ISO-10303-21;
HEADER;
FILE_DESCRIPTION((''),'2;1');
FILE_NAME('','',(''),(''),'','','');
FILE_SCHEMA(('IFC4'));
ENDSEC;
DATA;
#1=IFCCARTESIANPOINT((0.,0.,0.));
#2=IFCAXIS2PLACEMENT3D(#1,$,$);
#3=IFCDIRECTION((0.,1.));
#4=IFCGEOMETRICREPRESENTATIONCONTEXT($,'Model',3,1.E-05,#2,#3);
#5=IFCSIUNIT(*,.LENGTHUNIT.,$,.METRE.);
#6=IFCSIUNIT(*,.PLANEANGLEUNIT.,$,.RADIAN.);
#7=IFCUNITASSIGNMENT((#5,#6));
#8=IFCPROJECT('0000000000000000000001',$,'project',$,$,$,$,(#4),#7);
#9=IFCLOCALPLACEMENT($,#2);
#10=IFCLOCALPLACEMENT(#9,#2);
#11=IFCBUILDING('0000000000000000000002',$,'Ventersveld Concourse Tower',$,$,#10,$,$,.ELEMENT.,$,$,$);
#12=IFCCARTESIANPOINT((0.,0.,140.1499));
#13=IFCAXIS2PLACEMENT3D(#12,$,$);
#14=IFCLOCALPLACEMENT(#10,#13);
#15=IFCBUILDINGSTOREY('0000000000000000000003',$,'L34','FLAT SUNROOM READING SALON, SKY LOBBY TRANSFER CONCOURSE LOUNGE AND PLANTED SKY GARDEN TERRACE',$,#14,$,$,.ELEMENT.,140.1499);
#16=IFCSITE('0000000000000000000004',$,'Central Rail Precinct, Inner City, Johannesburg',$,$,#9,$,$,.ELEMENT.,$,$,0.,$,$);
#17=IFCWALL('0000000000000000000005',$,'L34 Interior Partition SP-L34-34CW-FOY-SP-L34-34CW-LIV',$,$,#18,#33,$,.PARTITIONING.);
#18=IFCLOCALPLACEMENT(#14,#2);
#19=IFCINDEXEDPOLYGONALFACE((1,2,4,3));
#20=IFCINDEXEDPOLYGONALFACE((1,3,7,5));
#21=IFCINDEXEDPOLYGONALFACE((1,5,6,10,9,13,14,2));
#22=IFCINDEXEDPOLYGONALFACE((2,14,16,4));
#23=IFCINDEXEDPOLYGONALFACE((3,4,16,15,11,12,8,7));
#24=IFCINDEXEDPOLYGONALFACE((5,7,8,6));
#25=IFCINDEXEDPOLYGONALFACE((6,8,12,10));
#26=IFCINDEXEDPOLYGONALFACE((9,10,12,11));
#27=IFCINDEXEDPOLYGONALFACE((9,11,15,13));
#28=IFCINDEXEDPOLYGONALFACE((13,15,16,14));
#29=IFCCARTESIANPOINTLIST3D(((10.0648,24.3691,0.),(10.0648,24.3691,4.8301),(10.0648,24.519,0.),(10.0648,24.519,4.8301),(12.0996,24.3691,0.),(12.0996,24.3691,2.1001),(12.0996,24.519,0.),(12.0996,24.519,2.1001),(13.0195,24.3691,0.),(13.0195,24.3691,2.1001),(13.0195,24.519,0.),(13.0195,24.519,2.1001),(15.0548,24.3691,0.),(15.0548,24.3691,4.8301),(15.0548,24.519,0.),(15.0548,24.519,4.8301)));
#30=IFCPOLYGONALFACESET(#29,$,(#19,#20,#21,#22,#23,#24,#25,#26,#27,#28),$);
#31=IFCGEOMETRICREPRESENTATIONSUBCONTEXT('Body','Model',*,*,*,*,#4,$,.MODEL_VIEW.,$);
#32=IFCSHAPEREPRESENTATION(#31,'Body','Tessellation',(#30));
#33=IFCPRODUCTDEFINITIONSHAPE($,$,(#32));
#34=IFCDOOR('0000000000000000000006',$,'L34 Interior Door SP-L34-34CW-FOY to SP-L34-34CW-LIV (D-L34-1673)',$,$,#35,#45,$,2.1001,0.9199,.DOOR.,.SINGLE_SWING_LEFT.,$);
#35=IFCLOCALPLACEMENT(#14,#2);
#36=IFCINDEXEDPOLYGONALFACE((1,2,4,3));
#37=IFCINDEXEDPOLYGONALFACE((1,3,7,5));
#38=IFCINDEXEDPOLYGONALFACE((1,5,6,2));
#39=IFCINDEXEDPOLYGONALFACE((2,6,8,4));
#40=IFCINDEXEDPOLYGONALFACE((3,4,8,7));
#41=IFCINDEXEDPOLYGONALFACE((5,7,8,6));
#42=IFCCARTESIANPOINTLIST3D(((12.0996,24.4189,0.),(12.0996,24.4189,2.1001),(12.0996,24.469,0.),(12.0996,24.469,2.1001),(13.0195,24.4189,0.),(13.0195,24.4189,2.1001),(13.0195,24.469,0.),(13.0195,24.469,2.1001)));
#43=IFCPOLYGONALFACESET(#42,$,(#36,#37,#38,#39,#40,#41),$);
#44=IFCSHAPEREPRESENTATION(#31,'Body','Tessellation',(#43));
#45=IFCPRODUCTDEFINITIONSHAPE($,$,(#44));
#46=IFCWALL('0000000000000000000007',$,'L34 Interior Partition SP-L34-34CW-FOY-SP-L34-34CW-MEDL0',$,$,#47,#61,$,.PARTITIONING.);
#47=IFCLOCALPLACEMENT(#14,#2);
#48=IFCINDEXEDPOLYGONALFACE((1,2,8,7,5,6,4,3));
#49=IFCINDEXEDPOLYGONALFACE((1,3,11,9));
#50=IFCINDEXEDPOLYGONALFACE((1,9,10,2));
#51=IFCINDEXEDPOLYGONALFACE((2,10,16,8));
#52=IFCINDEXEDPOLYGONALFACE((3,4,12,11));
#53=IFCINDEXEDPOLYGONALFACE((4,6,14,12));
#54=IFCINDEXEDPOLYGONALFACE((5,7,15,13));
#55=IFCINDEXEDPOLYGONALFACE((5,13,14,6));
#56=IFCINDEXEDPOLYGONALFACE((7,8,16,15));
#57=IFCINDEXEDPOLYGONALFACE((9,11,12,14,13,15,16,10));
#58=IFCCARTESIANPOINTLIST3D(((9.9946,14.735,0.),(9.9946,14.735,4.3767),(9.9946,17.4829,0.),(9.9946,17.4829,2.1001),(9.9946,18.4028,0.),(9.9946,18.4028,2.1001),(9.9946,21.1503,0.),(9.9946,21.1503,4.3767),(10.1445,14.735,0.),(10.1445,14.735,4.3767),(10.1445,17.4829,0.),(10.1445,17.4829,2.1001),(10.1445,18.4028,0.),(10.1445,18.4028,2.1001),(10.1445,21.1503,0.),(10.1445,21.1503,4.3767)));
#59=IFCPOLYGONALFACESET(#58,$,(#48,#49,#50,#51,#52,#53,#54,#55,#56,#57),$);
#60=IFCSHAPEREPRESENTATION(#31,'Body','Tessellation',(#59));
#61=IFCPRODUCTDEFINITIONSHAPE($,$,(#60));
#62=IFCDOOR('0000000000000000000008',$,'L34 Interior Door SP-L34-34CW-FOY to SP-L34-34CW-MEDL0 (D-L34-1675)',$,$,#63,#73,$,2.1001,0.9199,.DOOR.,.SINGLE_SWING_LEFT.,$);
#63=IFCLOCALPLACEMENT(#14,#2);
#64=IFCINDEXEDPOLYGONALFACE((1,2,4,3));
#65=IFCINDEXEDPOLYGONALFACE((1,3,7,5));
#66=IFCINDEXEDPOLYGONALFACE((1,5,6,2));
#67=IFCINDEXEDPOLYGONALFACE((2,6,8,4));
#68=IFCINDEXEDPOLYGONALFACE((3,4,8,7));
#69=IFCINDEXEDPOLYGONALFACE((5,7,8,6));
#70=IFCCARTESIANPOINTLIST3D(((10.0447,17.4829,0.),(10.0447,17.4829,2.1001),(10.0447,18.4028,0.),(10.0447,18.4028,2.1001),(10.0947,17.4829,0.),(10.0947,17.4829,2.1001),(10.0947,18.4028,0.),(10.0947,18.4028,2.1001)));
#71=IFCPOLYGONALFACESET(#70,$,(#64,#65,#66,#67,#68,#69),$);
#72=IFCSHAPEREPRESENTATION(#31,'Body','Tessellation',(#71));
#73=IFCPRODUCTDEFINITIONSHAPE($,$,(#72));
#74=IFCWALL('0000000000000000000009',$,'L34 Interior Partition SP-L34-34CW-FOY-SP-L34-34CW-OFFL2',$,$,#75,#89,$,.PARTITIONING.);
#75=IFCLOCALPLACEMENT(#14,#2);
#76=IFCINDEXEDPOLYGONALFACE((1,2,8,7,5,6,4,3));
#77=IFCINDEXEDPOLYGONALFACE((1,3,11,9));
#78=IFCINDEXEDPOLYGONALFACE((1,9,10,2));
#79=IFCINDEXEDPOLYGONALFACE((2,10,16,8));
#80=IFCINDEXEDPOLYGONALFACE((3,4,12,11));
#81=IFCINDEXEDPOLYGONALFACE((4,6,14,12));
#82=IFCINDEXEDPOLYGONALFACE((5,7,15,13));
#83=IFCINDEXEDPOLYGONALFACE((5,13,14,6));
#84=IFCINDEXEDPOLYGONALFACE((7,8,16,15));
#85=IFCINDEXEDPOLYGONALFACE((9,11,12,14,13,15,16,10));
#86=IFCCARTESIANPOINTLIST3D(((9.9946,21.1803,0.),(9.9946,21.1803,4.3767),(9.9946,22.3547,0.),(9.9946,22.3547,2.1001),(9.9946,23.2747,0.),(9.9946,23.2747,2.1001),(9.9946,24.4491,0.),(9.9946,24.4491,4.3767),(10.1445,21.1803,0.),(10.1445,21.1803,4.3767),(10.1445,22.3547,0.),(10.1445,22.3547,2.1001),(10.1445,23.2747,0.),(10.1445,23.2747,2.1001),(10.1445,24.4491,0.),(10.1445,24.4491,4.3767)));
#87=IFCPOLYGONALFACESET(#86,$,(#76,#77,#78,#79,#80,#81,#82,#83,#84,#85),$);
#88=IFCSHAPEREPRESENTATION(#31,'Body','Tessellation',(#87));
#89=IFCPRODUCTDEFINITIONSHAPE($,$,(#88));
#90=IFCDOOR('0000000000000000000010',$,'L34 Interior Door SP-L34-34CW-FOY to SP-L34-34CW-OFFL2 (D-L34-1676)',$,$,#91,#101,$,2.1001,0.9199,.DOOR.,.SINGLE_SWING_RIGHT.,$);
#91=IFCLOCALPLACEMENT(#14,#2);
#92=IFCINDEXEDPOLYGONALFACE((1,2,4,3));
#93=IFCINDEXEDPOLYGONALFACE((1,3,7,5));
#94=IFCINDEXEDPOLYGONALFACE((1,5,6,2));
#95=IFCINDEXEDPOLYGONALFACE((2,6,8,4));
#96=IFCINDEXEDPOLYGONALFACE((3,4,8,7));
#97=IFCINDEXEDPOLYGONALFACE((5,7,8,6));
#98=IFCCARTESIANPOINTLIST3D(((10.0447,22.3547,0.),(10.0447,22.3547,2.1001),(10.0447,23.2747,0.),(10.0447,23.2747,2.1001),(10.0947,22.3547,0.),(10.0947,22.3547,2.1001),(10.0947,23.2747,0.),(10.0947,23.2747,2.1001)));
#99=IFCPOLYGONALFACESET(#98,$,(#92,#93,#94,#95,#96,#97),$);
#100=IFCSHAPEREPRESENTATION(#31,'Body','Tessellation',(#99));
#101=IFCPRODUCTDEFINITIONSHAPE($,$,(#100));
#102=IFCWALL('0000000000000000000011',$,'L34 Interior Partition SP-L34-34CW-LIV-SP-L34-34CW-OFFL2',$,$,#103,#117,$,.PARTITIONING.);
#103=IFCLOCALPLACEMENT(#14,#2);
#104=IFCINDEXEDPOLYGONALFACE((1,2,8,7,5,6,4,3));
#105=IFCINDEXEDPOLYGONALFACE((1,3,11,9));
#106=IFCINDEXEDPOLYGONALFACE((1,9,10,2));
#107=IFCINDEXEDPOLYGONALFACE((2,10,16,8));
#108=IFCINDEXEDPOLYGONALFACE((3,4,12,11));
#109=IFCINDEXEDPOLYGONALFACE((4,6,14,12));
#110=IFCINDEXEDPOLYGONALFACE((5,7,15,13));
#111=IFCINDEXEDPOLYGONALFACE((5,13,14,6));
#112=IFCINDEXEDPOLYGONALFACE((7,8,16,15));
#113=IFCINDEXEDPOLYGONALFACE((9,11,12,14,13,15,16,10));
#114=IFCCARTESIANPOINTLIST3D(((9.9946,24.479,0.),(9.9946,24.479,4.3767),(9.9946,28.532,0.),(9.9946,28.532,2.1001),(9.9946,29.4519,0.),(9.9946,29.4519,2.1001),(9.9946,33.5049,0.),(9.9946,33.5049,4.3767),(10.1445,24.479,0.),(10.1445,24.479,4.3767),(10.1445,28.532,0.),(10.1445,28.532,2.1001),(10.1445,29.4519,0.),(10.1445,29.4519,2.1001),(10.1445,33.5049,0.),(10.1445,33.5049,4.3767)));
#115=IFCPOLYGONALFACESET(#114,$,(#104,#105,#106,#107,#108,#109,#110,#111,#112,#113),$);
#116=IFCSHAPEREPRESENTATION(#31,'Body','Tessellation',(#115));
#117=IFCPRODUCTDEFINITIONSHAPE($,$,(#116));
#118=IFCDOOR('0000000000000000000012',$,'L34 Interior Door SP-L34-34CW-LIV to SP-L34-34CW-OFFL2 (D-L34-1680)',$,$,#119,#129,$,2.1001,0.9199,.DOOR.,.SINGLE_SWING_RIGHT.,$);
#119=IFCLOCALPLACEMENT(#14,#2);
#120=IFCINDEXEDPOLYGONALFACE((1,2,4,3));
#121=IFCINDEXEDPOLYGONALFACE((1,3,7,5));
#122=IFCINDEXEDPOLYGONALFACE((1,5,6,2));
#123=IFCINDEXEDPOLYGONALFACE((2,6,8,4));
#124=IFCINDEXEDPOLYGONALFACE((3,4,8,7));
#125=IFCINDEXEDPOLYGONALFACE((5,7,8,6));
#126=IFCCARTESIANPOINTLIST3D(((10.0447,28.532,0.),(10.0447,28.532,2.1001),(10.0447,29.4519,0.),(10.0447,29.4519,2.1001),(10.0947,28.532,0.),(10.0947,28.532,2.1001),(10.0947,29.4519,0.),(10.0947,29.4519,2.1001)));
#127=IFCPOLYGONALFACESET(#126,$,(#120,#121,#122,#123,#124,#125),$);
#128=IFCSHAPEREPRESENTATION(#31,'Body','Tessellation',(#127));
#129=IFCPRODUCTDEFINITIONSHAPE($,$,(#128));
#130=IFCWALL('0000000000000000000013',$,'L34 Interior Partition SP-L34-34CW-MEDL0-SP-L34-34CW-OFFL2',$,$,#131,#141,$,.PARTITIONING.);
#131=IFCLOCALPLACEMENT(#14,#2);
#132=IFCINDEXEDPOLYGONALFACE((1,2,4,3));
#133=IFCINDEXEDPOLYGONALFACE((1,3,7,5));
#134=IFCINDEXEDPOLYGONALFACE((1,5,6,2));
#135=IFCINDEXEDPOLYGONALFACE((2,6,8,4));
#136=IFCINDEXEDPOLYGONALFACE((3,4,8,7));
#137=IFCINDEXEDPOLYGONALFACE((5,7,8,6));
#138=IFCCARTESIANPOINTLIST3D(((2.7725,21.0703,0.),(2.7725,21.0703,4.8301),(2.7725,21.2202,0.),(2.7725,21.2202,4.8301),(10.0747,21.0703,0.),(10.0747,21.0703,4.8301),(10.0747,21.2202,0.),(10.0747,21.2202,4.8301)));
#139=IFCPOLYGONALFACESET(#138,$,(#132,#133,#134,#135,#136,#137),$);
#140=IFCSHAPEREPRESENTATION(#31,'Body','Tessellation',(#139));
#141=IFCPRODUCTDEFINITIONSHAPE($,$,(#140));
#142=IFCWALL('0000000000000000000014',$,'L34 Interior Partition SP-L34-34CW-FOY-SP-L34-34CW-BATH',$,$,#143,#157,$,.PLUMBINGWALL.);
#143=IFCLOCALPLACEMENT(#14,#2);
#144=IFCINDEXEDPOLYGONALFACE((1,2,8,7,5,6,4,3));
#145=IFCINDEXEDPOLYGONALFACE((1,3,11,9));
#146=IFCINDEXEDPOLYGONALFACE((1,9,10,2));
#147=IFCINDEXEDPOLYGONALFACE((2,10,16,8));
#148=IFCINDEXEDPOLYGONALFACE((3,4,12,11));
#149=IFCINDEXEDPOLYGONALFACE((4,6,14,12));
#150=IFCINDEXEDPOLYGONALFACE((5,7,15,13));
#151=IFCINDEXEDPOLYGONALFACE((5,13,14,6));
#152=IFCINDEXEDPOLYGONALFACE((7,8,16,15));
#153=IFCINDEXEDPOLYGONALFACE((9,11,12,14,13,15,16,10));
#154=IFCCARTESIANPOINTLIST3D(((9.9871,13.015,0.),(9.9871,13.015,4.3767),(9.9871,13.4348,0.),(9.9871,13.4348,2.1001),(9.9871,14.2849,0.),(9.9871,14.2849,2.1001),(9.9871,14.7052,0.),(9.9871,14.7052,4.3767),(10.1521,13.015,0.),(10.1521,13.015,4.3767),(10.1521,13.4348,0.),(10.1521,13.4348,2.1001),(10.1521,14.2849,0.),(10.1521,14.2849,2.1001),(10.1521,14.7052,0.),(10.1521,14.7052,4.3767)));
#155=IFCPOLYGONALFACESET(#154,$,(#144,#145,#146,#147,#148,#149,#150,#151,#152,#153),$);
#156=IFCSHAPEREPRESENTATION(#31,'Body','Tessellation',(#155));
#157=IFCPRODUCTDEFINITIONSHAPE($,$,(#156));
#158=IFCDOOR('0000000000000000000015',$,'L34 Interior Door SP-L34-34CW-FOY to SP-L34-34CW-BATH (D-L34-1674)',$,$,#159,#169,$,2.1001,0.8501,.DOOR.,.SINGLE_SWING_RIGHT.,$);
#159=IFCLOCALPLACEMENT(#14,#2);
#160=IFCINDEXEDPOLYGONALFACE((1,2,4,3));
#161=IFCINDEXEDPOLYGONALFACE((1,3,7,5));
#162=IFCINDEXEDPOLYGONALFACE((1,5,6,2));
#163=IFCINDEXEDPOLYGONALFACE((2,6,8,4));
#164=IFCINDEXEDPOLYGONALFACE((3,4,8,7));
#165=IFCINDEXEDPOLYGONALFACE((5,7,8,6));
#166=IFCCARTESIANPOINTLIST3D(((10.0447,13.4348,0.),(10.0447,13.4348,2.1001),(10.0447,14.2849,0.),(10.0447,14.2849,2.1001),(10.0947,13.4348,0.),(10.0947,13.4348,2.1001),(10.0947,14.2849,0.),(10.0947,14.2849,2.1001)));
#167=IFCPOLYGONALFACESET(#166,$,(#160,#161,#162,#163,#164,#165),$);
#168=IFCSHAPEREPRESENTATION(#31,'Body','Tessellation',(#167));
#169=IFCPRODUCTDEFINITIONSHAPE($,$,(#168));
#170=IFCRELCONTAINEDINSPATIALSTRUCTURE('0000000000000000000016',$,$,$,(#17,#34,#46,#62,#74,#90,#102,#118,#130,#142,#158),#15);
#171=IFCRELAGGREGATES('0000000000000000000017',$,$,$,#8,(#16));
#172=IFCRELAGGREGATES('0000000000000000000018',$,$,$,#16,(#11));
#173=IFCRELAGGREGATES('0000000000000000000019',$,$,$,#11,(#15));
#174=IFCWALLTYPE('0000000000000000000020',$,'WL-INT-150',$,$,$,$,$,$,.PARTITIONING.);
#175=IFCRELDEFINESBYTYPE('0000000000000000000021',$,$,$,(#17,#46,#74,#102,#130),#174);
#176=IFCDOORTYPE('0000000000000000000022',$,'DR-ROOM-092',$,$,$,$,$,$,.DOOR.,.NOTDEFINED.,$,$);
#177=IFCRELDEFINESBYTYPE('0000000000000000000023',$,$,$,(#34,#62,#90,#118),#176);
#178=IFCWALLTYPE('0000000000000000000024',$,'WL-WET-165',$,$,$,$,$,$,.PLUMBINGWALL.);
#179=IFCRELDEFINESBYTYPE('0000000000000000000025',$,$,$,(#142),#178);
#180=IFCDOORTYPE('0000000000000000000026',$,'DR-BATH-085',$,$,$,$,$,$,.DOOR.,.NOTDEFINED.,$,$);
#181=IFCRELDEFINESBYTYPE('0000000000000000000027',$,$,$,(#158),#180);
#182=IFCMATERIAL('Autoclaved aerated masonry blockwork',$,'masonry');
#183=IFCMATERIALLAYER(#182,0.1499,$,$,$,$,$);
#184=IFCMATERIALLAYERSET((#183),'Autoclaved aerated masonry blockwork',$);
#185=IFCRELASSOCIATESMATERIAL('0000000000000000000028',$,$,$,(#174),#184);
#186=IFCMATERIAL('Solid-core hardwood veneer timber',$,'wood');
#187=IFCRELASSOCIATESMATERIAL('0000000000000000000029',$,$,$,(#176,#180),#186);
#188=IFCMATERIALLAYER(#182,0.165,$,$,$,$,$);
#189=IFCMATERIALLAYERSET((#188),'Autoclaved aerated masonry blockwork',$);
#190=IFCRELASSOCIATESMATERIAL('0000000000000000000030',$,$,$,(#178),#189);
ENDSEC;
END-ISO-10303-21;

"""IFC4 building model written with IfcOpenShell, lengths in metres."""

from ifc_helpers import new_model, si_unit, direction, frame, frame_2d, origin, place, context, subcontext, project, spatial, rectangle, extrude, material, layer, layer_set, type_object, element, fill, save


model = new_model("IFC4")

# Units and contexts
model_context = context("Model", 3, precision=1e-05, world=origin(), true_north=direction((0.0, 1.0)))
body_context = subcontext(model_context, "Body", "Model", "MODEL_VIEW")
ifc_project = project(units=[si_unit("LENGTHUNIT", "METRE"), si_unit("PLANEANGLEUNIT", "RADIAN")], contexts=[model_context])

# Site, building, storey
site_placement = place(None, origin())
site = spatial("IfcSite", under=ifc_project, at=site_placement, Name="Central Rail Precinct, Inner City, Johannesburg", CompositionType="ELEMENT", RefElevation=0.0)
building_placement = place(site_placement, origin())
building = spatial("IfcBuilding", under=site, at=building_placement, Name="Ventersveld Concourse Tower", CompositionType="ELEMENT")
storey_placement = place(building_placement, frame((0.0, 0.0, 140.1499)))
storey = spatial("IfcBuildingStorey", under=building, at=storey_placement, Name="L34", Description="FLAT SUNROOM READING SALON, SKY LOBBY TRANSFER CONCOURSE LOUNGE AND PLANTED SKY GARDEN TERRACE", CompositionType="ELEMENT", Elevation=140.1499)

# Shared definitions
ifc_material_1 = material(Name="Solid-core hardwood veneer timber", Category="wood")

# Walls, openings, doors
ifc_material_2 = material(Name="Autoclaved aerated masonry blockwork", Category="masonry")
ifc_layer_1 = layer(ifc_material_2, 0.1499)
ifc_layer_set_1 = layer_set([ifc_layer_1], Name="Autoclaved aerated masonry blockwork")
wall_type_1 = type_object("IfcWallType", Name="WL-INT-150", PredefinedType="PARTITIONING", material=ifc_layer_set_1)
wall_1_placement = place(storey_placement, frame((10.0647, 24.4441, 0.0), z_axis=(0.0, 0.0, 1.0), x_axis=(1.0, 0.0, 0.0)))
wall_1 = element("IfcWall", 1, at=wall_1_placement, inside=storey, type_object=wall_type_1, Name="L34 Interior Partition SP-L34-34CW-FOY-SP-L34-34CW-LIV", PredefinedType="PARTITIONING", context=body_context, shape_type="SweptSolid", body=[
    extrude(rectangle(XDim=4.99, YDim=0.1499, at=frame_2d((2.4951, 0.0))), origin(), (0.0, 0.0, 1.0), 4.8301),
])
opening_1_placement = place(wall_1_placement, frame((2.0349, 0.0, 0.0)))
opening_1 = element("IfcOpeningElement", 2, at=opening_1_placement, cuts=wall_1, PredefinedType="OPENING", context=body_context, shape_type="SweptSolid", body=[
    extrude(rectangle(XDim=0.9199, YDim=2.1001, at=frame_2d((0.46, 1.05))), frame((0.0, 0.085, 0.0), z_axis=(0.0, -1.0, 0.0), x_axis=(1.0, 0.0, 0.0)), (0.0, 0.0, 1.0), 0.1699),
])
door_type_1 = type_object("IfcDoorType", Name="DR-ROOM-092", OperationType="NOTDEFINED", PredefinedType="DOOR", material=ifc_material_1)
door_1_placement = place(opening_1_placement, origin())
door_1 = element("IfcDoor", 3, at=door_1_placement, inside=storey, type_object=door_type_1, Name="L34 Interior Door SP-L34-34CW-FOY to SP-L34-34CW-LIV (D-L34-1673)", OperationType="SINGLE_SWING_LEFT", OverallHeight=2.1001, OverallWidth=0.9199, PredefinedType="DOOR", context=body_context, shape_type="SweptSolid", body=[
    extrude(rectangle(XDim=0.9199, YDim=2.1001, at=frame_2d((0.46, 1.05))), frame((0.0, 0.0249, 0.0), z_axis=(0.0, -1.0, 0.0), x_axis=(1.0, 0.0, 0.0)), (0.0, 0.0, 1.0), 0.05),
])
fill(opening_1, door_1)
wall_2_placement = place(storey_placement, frame((10.0696, 14.7351, 0.0), z_axis=(0.0, 0.0, 1.0), x_axis=(0.0, 1.0, 0.0)))
wall_2 = element("IfcWall", 4, at=wall_2_placement, inside=storey, type_object=wall_type_1, Name="L34 Interior Partition SP-L34-34CW-FOY-SP-L34-34CW-MEDL0", PredefinedType="PARTITIONING", context=body_context, shape_type="SweptSolid", body=[
    extrude(rectangle(XDim=6.4153, YDim=0.1499, at=frame_2d((3.2075, 0.0))), origin(), (0.0, 0.0, 1.0), 4.3767),
])
opening_2_placement = place(wall_2_placement, frame((2.7478, 0.0, 0.0)))
opening_2 = element("IfcOpeningElement", 5, at=opening_2_placement, cuts=wall_2, PredefinedType="OPENING", context=body_context, shape_type="SweptSolid", body=[
    extrude(rectangle(XDim=0.9199, YDim=2.1001, at=frame_2d((0.46, 1.05))), frame((0.0, 0.085, 0.0), z_axis=(0.0, -1.0, 0.0), x_axis=(1.0, 0.0, 0.0)), (0.0, 0.0, 1.0), 0.1699),
])
door_2_placement = place(opening_2_placement, origin())
door_2 = element("IfcDoor", 6, at=door_2_placement, inside=storey, type_object=door_type_1, Name="L34 Interior Door SP-L34-34CW-FOY to SP-L34-34CW-MEDL0 (D-L34-1675)", OperationType="SINGLE_SWING_LEFT", OverallHeight=2.1001, OverallWidth=0.9199, PredefinedType="DOOR", context=body_context, shape_type="SweptSolid", body=[
    extrude(rectangle(XDim=0.9199, YDim=2.1001, at=frame_2d((0.46, 1.05))), frame((0.0, 0.0249, 0.0), z_axis=(0.0, -1.0, 0.0), x_axis=(1.0, 0.0, 0.0)), (0.0, 0.0, 1.0), 0.05),
])
fill(opening_2, door_2)
wall_3_placement = place(storey_placement, frame((10.0696, 21.1804, 0.0), z_axis=(0.0, 0.0, 1.0), x_axis=(0.0, 1.0, 0.0)))
wall_3 = element("IfcWall", 7, at=wall_3_placement, inside=storey, type_object=wall_type_1, Name="L34 Interior Partition SP-L34-34CW-FOY-SP-L34-34CW-OFFL2", PredefinedType="PARTITIONING", context=body_context, shape_type="SweptSolid", body=[
    extrude(rectangle(XDim=3.2688, YDim=0.1499, at=frame_2d((1.6343, 0.0))), origin(), (0.0, 0.0, 1.0), 4.3767),
])
opening_3_placement = place(wall_3_placement, frame((1.1743, 0.0, 0.0)))
opening_3 = element("IfcOpeningElement", 8, at=opening_3_placement, cuts=wall_3, PredefinedType="OPENING", context=body_context, shape_type="SweptSolid", body=[
    extrude(rectangle(XDim=0.9199, YDim=2.1001, at=frame_2d((0.46, 1.05))), frame((0.0, 0.085, 0.0), z_axis=(0.0, -1.0, 0.0), x_axis=(1.0, 0.0, 0.0)), (0.0, 0.0, 1.0), 0.1699),
])
door_3_placement = place(opening_3_placement, origin())
door_3 = element("IfcDoor", 9, at=door_3_placement, inside=storey, type_object=door_type_1, Name="L34 Interior Door SP-L34-34CW-FOY to SP-L34-34CW-OFFL2 (D-L34-1676)", OperationType="SINGLE_SWING_RIGHT", OverallHeight=2.1001, OverallWidth=0.9199, PredefinedType="DOOR", context=body_context, shape_type="SweptSolid", body=[
    extrude(rectangle(XDim=0.9199, YDim=2.1001, at=frame_2d((0.46, 1.05))), frame((0.0, 0.0249, 0.0), z_axis=(0.0, -1.0, 0.0), x_axis=(1.0, 0.0, 0.0)), (0.0, 0.0, 1.0), 0.05),
])
fill(opening_3, door_3)
wall_4_placement = place(storey_placement, frame((10.0696, 24.479, 0.0), z_axis=(0.0, 0.0, 1.0), x_axis=(0.0, 1.0, 0.0)))
wall_4 = element("IfcWall", 10, at=wall_4_placement, inside=storey, type_object=wall_type_1, Name="L34 Interior Partition SP-L34-34CW-LIV-SP-L34-34CW-OFFL2", PredefinedType="PARTITIONING", context=body_context, shape_type="SweptSolid", body=[
    extrude(rectangle(XDim=9.0259, YDim=0.1499, at=frame_2d((4.5129, 0.0))), origin(), (0.0, 0.0, 1.0), 4.3767),
])
opening_4_placement = place(wall_4_placement, frame((4.053, 0.0, 0.0)))
opening_4 = element("IfcOpeningElement", 11, at=opening_4_placement, cuts=wall_4, PredefinedType="OPENING", context=body_context, shape_type="SweptSolid", body=[
    extrude(rectangle(XDim=0.9199, YDim=2.1001, at=frame_2d((0.46, 1.05))), frame((0.0, 0.085, 0.0), z_axis=(0.0, -1.0, 0.0), x_axis=(1.0, 0.0, 0.0)), (0.0, 0.0, 1.0), 0.1699),
])
door_4_placement = place(opening_4_placement, origin())
door_4 = element("IfcDoor", 12, at=door_4_placement, inside=storey, type_object=door_type_1, Name="L34 Interior Door SP-L34-34CW-LIV to SP-L34-34CW-OFFL2 (D-L34-1680)", OperationType="SINGLE_SWING_RIGHT", OverallHeight=2.1001, OverallWidth=0.9199, PredefinedType="DOOR", context=body_context, shape_type="SweptSolid", body=[
    extrude(rectangle(XDim=0.9199, YDim=2.1001, at=frame_2d((0.46, 1.05))), frame((0.0, 0.0249, 0.0), z_axis=(0.0, -1.0, 0.0), x_axis=(1.0, 0.0, 0.0)), (0.0, 0.0, 1.0), 0.05),
])
fill(opening_4, door_4)

# Wall
wall_5_placement = place(storey_placement, frame((2.7725, 21.1453, 0.0), z_axis=(0.0, 0.0, 1.0), x_axis=(1.0, 0.0, 0.0)))
element("IfcWall", 13, at=wall_5_placement, inside=storey, type_object=wall_type_1, Name="L34 Interior Partition SP-L34-34CW-MEDL0-SP-L34-34CW-OFFL2", PredefinedType="PARTITIONING", context=body_context, shape_type="SweptSolid", body=[
    extrude(rectangle(XDim=7.3022, YDim=0.1499, at=frame_2d((3.6511, 0.0))), origin(), (0.0, 0.0, 1.0), 4.8301),
])

# Wall, opening, door
ifc_layer_2 = layer(ifc_material_2, 0.165)
ifc_layer_set_2 = layer_set([ifc_layer_2], Name="Autoclaved aerated masonry blockwork")
wall_type_2 = type_object("IfcWallType", Name="WL-WET-165", PredefinedType="PLUMBINGWALL", material=ifc_layer_set_2)
wall_6_placement = place(storey_placement, frame((10.0696, 13.0149, 0.0), z_axis=(0.0, 0.0, 1.0), x_axis=(0.0, 1.0, 0.0)))
wall_6 = element("IfcWall", 14, at=wall_6_placement, inside=storey, type_object=wall_type_2, Name="L34 Interior Partition SP-L34-34CW-FOY-SP-L34-34CW-BATH", PredefinedType="PLUMBINGWALL", context=body_context, shape_type="SweptSolid", body=[
    extrude(rectangle(XDim=1.6902, YDim=0.165, at=frame_2d((0.8452, 0.0))), origin(), (0.0, 0.0, 1.0), 4.3767),
])
opening_5_placement = place(wall_6_placement, frame((0.4199, 0.0, 0.0)))
opening_5 = element("IfcOpeningElement", 15, at=opening_5_placement, cuts=wall_6, PredefinedType="OPENING", context=body_context, shape_type="SweptSolid", body=[
    extrude(rectangle(XDim=0.8501, YDim=2.1001, at=frame_2d((0.425, 1.05))), frame((0.0, 0.0925, 0.0), z_axis=(0.0, -1.0, 0.0), x_axis=(1.0, 0.0, 0.0)), (0.0, 0.0, 1.0), 0.1851),
])
door_type_2 = type_object("IfcDoorType", Name="DR-BATH-085", OperationType="NOTDEFINED", PredefinedType="DOOR", material=ifc_material_1)
door_5_placement = place(opening_5_placement, origin())
door_5 = element("IfcDoor", 16, at=door_5_placement, inside=storey, type_object=door_type_2, Name="L34 Interior Door SP-L34-34CW-FOY to SP-L34-34CW-BATH (D-L34-1674)", OperationType="SINGLE_SWING_RIGHT", OverallHeight=2.1001, OverallWidth=0.8501, PredefinedType="DOOR", context=body_context, shape_type="SweptSolid", body=[
    extrude(rectangle(XDim=0.8501, YDim=2.1001, at=frame_2d((0.425, 1.05))), frame((0.0, 0.0249, 0.0), z_axis=(0.0, -1.0, 0.0), x_axis=(1.0, 0.0, 0.0)), (0.0, 0.0, 1.0), 0.05),
])
fill(opening_5, door_5)

save(model, "model.ifc")
